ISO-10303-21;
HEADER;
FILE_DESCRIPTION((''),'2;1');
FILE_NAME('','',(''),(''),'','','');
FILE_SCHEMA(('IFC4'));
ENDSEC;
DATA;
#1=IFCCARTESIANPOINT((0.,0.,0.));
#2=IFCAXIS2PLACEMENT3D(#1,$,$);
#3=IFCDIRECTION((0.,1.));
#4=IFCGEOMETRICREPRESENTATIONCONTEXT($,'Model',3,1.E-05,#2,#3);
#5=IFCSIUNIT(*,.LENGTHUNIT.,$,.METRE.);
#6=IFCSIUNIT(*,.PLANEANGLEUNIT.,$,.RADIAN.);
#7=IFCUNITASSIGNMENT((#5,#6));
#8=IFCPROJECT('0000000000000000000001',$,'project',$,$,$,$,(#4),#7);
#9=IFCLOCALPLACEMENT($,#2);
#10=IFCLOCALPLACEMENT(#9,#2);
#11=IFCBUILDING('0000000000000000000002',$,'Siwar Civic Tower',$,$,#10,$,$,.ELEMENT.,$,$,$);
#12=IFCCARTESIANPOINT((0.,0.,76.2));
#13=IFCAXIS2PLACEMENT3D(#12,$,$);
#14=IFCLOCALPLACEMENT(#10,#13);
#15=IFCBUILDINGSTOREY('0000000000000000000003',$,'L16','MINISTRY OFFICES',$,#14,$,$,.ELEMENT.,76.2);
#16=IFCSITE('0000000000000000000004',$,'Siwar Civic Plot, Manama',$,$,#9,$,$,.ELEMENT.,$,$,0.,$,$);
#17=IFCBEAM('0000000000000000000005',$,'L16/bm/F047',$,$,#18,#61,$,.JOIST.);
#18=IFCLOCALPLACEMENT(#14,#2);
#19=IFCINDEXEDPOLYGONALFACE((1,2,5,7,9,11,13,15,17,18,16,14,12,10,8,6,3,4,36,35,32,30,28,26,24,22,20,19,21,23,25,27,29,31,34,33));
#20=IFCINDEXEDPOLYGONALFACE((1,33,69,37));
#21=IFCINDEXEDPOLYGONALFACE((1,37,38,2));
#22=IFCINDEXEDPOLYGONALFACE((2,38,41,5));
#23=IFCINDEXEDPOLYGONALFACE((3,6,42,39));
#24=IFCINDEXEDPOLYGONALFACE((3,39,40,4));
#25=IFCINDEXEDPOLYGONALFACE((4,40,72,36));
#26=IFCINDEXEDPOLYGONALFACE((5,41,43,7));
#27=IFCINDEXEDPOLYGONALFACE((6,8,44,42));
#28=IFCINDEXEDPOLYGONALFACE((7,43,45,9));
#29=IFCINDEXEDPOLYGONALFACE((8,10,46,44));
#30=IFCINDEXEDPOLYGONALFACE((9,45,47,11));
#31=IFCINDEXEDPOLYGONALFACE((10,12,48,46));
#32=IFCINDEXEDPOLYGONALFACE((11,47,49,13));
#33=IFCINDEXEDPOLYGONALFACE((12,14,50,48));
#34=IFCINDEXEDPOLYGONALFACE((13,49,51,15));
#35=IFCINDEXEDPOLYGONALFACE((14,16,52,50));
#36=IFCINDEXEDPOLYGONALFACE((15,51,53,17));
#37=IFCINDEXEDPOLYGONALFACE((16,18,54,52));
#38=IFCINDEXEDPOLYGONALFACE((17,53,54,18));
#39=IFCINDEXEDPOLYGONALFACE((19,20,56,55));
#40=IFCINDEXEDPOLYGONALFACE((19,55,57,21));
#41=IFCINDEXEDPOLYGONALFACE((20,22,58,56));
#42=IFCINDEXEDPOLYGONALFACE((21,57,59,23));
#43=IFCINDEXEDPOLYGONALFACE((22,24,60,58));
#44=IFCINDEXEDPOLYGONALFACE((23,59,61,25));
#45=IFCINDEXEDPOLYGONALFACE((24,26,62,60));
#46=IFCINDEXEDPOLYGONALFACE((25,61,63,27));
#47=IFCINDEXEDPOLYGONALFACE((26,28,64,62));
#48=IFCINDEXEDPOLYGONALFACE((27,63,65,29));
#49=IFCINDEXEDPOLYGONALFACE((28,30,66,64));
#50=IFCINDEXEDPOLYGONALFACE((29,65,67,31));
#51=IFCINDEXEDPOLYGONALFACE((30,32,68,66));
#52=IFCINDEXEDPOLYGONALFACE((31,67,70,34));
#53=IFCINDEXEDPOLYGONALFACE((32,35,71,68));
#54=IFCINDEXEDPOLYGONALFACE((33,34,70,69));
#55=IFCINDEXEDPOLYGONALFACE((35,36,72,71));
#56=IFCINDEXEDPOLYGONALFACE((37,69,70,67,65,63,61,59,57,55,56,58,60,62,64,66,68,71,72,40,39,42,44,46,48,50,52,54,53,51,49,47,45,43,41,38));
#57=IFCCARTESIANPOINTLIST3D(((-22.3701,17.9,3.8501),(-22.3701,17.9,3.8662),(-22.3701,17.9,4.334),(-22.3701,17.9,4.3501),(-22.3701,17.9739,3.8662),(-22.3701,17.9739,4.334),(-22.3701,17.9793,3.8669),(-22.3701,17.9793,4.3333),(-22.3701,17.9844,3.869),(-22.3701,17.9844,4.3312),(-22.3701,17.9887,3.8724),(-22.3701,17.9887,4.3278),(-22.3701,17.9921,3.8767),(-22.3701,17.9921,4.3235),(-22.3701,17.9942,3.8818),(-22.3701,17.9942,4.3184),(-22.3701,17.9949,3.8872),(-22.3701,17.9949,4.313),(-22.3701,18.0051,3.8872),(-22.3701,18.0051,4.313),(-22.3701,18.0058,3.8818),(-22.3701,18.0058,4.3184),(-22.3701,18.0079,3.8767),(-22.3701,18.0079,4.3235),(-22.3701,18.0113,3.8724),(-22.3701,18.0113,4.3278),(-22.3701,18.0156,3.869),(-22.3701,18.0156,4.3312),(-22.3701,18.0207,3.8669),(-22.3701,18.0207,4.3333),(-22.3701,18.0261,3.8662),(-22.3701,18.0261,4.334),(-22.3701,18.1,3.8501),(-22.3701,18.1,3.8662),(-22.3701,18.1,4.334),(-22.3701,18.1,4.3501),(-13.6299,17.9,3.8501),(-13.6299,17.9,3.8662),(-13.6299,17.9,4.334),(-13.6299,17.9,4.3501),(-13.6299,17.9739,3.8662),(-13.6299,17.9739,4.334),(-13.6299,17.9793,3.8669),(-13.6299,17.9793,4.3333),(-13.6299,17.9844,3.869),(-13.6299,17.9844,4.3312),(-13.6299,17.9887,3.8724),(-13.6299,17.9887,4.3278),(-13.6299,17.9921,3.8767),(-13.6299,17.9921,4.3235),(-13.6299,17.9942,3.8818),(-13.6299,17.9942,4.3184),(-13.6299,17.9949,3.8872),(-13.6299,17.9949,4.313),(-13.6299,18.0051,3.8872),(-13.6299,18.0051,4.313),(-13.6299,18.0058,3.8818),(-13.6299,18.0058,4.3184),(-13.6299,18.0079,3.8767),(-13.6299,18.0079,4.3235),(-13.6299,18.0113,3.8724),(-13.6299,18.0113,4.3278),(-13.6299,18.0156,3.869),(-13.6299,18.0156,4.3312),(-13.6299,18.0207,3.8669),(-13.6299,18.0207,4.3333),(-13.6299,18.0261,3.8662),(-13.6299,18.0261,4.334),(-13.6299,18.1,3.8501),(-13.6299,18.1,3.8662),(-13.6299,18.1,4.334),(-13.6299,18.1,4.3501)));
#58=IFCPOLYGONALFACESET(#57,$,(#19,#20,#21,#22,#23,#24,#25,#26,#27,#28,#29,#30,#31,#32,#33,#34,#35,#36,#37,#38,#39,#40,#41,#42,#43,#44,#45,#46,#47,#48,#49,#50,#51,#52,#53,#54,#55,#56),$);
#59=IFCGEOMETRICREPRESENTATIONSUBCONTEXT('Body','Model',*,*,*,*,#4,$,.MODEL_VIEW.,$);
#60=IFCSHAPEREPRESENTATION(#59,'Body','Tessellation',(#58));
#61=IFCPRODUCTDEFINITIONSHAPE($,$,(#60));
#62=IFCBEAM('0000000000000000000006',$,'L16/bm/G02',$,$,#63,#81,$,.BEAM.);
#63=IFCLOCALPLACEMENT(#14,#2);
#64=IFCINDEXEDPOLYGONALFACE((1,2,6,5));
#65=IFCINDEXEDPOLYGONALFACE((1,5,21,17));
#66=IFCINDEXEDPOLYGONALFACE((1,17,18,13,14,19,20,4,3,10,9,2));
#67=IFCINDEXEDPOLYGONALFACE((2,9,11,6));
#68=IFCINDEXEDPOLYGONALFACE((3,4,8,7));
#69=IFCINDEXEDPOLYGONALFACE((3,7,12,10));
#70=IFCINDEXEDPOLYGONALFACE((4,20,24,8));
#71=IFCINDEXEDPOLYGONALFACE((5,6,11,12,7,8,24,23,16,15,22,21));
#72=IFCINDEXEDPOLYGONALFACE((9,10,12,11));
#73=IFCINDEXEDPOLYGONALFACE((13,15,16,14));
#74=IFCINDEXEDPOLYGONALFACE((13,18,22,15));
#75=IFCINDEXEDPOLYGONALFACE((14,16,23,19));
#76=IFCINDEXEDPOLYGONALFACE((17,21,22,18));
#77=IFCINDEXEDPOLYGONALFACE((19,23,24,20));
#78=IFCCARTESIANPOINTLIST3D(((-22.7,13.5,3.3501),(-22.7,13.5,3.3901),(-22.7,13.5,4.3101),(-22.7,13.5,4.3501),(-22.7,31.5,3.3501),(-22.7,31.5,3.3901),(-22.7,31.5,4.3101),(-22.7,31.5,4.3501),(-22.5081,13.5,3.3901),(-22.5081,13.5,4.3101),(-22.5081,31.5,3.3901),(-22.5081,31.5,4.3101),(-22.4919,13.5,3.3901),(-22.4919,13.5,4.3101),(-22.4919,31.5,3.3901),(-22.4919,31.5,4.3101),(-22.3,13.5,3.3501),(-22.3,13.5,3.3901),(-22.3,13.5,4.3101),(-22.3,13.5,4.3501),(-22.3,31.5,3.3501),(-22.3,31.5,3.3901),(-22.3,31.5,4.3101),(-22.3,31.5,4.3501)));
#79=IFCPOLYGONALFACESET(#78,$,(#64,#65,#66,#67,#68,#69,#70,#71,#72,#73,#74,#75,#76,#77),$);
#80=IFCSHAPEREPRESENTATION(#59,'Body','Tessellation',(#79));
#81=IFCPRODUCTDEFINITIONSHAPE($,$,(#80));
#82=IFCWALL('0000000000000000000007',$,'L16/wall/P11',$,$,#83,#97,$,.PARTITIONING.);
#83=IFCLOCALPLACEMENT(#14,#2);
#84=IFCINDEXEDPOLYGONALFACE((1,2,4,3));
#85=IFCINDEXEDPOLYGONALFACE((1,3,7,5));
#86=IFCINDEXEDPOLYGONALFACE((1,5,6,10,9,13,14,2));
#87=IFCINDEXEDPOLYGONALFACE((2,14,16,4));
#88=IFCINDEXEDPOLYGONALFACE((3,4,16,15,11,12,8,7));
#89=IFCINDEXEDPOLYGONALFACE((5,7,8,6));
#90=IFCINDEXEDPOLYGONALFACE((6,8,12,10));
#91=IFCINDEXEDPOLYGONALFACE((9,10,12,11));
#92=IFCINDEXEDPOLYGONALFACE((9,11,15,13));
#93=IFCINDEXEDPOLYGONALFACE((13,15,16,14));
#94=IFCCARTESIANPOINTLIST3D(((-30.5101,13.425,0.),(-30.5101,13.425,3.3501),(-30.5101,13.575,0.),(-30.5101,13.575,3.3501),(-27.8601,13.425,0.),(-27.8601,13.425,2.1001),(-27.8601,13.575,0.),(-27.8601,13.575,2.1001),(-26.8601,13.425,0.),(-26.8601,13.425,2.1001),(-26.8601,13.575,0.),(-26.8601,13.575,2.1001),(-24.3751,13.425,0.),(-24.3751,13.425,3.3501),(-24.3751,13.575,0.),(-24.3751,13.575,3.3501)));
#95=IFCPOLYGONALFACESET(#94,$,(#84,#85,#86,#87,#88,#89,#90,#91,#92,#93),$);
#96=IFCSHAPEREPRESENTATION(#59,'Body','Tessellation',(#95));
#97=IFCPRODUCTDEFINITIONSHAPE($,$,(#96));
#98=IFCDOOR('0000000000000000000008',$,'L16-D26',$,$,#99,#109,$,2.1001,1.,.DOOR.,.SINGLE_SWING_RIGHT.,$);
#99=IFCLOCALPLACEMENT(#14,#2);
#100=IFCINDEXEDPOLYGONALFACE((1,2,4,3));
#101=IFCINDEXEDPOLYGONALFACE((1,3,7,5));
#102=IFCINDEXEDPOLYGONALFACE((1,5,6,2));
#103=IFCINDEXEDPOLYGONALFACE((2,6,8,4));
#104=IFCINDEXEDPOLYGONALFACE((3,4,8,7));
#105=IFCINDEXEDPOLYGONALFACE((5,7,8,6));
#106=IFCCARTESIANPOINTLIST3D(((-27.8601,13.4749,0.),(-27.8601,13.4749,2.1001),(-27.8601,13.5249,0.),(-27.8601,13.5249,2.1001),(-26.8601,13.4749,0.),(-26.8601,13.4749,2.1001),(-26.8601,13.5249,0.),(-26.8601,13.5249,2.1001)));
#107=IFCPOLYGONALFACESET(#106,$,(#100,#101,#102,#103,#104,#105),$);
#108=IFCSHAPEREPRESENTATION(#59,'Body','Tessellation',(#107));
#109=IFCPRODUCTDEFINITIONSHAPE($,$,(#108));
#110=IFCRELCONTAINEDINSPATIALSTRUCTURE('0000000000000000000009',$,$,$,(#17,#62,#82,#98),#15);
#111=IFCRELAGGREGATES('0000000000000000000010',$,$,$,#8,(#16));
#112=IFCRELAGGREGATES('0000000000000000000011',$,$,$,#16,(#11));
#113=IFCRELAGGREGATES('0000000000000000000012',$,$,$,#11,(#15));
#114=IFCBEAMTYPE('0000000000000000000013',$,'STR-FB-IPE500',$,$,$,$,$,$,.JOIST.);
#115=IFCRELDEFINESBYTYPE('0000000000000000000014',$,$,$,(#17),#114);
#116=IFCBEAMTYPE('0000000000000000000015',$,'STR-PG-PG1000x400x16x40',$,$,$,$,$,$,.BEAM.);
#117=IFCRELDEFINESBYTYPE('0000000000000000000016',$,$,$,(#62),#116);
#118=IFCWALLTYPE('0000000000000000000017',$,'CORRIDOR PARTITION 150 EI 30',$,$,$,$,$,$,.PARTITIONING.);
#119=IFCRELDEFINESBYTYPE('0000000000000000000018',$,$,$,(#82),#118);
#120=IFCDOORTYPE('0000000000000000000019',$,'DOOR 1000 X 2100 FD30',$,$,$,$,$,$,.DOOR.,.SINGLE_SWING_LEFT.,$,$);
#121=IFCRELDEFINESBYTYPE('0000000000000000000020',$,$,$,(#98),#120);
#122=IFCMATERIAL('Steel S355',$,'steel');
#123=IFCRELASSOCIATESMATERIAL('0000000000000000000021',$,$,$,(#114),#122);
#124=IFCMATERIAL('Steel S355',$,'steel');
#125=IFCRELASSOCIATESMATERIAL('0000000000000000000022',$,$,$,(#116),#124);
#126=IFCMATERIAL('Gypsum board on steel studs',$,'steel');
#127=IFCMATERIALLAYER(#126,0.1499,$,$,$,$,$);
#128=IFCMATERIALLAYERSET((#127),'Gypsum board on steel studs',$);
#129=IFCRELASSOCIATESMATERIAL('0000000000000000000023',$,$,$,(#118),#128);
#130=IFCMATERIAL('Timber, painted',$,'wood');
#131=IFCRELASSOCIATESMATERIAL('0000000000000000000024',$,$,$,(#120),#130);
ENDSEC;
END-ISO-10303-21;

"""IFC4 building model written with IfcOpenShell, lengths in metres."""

from ifc_helpers import new_model, si_unit, direction, frame, frame_2d, origin, origin_2d, place, context, subcontext, project, spatial, rectangle, i_section, extrude, material, layer, layer_set, material_profile, profile_set, type_object, element, fill, save


model = new_model("IFC4")

# Units and contexts
model_context = context("Model", 3, precision=1e-05, world=origin(), true_north=direction((0.0, 1.0)))
body_context = subcontext(model_context, "Body", "Model", "MODEL_VIEW")
ifc_project = project(units=[si_unit("LENGTHUNIT", "METRE"), si_unit("PLANEANGLEUNIT", "RADIAN")], contexts=[model_context])

# Site, building, storey
site_placement = place(None, origin())
site = spatial("IfcSite", under=ifc_project, at=site_placement, Name="Siwar Civic Plot, Manama", CompositionType="ELEMENT", RefElevation=0.0)
building_placement = place(site_placement, origin())
building = spatial("IfcBuilding", under=site, at=building_placement, Name="Siwar Civic Tower", CompositionType="ELEMENT")
storey_placement = place(building_placement, frame((0.0, 0.0, 76.2)))
storey = spatial("IfcBuildingStorey", under=building, at=storey_placement, Name="L16", Description="MINISTRY OFFICES", CompositionType="ELEMENT", Elevation=76.2)

# Beams
ifc_material_1 = material(Name="Steel S355", Category="steel")
ifc_material_profile_1 = material_profile(ifc_material_1, i_section(OverallWidth=0.2, OverallDepth=0.5, WebThickness=0.0103, FlangeThickness=0.0161, FilletRadius=0.021, at=origin_2d()), Name="IPE500")
ifc_profile_set_1 = profile_set([ifc_material_profile_1], Name="Steel S355")
beam_type_1 = type_object("IfcBeamType", Name="STR-FB-IPE500", PredefinedType="JOIST", material=ifc_profile_set_1)
beam_1_placement = place(storey_placement, frame((-22.3701, 18.0, 4.1001), z_axis=(1.0, 0.0, 0.0), x_axis=(0.0, 1.0, 0.0)))
element("IfcBeam", 1, at=beam_1_placement, inside=storey, type_object=beam_type_1, Name="L16/bm/F047", PredefinedType="JOIST", context=body_context, shape_type="SweptSolid", body=[
    extrude(i_section(OverallWidth=0.2, OverallDepth=0.5, WebThickness=0.0103, FlangeThickness=0.0161, FilletRadius=0.021, at=origin_2d()), origin(), (0.0, 0.0, 1.0), 8.7402),
])
ifc_material_2 = material(Name="Steel S355", Category="steel")
ifc_material_profile_2 = material_profile(ifc_material_2, i_section(OverallWidth=0.3999, OverallDepth=1.0, WebThickness=0.0161, FlangeThickness=0.04, at=origin_2d()), Name="PG1000x400x16x40")
ifc_profile_set_2 = profile_set([ifc_material_profile_2], Name="Steel S355")
beam_type_2 = type_object("IfcBeamType", Name="STR-PG-PG1000x400x16x40", PredefinedType="BEAM", material=ifc_profile_set_2)
beam_2_placement = place(storey_placement, frame((-22.5, 13.5, 3.8501), z_axis=(0.0, 1.0, 0.0), x_axis=(-1.0, 0.0, 0.0)))
element("IfcBeam", 2, at=beam_2_placement, inside=storey, type_object=beam_type_2, Name="L16/bm/G02", PredefinedType="BEAM", context=body_context, shape_type="SweptSolid", body=[
    extrude(i_section(OverallWidth=0.3999, OverallDepth=1.0, WebThickness=0.0161, FlangeThickness=0.04, at=origin_2d()), origin(), (0.0, 0.0, 1.0), 18.0),
])

# Wall, opening, door
ifc_material_3 = material(Name="Gypsum board on steel studs", Category="steel")
ifc_layer_1 = layer(ifc_material_3, 0.1499)
ifc_layer_set_1 = layer_set([ifc_layer_1], Name="Gypsum board on steel studs")
wall_type_1 = type_object("IfcWallType", Name="CORRIDOR PARTITION 150 EI 30", PredefinedType="PARTITIONING", material=ifc_layer_set_1)
wall_1_placement = place(storey_placement, frame((-30.51, 13.5, 0.0), z_axis=(0.0, 0.0, 1.0), x_axis=(1.0, 0.0, 0.0)))
wall_1 = element("IfcWall", 3, at=wall_1_placement, inside=storey, type_object=wall_type_1, Name="L16/wall/P11", PredefinedType="PARTITIONING", context=body_context, shape_type="SweptSolid", body=[
    extrude(rectangle(XDim=6.135, YDim=0.1499, at=frame_2d((3.0674, 0.0))), origin(), (0.0, 0.0, 1.0), 3.3501),
])
opening_1_placement = place(wall_1_placement, frame((2.6499, 0.0, 0.0)))
opening_1 = element("IfcOpeningElement", 4, at=opening_1_placement, cuts=wall_1, PredefinedType="OPENING", context=body_context, shape_type="SweptSolid", body=[
    extrude(rectangle(XDim=1.0, YDim=2.1001, at=frame_2d((0.5, 1.05))), frame((0.0, 0.085, 0.0), z_axis=(0.0, -1.0, 0.0), x_axis=(1.0, 0.0, 0.0)), (0.0, 0.0, 1.0), 0.1699),
])
ifc_material_4 = material(Name="Timber, painted", Category="wood")
door_type_1 = type_object("IfcDoorType", Name="DOOR 1000 X 2100 FD30", OperationType="SINGLE_SWING_LEFT", PredefinedType="DOOR", material=ifc_material_4)
door_1_placement = place(opening_1_placement, origin())
door_1 = element("IfcDoor", 5, at=door_1_placement, inside=storey, type_object=door_type_1, Name="L16-D26", OperationType="SINGLE_SWING_RIGHT", OverallHeight=2.1001, OverallWidth=1.0, PredefinedType="DOOR", context=body_context, shape_type="SweptSolid", body=[
    extrude(rectangle(XDim=1.0, YDim=2.1001, at=frame_2d((0.5, 1.05))), frame((0.0, 0.0249, 0.0), z_axis=(0.0, -1.0, 0.0), x_axis=(1.0, 0.0, 0.0)), (0.0, 0.0, 1.0), 0.05),
])
fill(opening_1, door_1)

save(model, "model.ifc")
